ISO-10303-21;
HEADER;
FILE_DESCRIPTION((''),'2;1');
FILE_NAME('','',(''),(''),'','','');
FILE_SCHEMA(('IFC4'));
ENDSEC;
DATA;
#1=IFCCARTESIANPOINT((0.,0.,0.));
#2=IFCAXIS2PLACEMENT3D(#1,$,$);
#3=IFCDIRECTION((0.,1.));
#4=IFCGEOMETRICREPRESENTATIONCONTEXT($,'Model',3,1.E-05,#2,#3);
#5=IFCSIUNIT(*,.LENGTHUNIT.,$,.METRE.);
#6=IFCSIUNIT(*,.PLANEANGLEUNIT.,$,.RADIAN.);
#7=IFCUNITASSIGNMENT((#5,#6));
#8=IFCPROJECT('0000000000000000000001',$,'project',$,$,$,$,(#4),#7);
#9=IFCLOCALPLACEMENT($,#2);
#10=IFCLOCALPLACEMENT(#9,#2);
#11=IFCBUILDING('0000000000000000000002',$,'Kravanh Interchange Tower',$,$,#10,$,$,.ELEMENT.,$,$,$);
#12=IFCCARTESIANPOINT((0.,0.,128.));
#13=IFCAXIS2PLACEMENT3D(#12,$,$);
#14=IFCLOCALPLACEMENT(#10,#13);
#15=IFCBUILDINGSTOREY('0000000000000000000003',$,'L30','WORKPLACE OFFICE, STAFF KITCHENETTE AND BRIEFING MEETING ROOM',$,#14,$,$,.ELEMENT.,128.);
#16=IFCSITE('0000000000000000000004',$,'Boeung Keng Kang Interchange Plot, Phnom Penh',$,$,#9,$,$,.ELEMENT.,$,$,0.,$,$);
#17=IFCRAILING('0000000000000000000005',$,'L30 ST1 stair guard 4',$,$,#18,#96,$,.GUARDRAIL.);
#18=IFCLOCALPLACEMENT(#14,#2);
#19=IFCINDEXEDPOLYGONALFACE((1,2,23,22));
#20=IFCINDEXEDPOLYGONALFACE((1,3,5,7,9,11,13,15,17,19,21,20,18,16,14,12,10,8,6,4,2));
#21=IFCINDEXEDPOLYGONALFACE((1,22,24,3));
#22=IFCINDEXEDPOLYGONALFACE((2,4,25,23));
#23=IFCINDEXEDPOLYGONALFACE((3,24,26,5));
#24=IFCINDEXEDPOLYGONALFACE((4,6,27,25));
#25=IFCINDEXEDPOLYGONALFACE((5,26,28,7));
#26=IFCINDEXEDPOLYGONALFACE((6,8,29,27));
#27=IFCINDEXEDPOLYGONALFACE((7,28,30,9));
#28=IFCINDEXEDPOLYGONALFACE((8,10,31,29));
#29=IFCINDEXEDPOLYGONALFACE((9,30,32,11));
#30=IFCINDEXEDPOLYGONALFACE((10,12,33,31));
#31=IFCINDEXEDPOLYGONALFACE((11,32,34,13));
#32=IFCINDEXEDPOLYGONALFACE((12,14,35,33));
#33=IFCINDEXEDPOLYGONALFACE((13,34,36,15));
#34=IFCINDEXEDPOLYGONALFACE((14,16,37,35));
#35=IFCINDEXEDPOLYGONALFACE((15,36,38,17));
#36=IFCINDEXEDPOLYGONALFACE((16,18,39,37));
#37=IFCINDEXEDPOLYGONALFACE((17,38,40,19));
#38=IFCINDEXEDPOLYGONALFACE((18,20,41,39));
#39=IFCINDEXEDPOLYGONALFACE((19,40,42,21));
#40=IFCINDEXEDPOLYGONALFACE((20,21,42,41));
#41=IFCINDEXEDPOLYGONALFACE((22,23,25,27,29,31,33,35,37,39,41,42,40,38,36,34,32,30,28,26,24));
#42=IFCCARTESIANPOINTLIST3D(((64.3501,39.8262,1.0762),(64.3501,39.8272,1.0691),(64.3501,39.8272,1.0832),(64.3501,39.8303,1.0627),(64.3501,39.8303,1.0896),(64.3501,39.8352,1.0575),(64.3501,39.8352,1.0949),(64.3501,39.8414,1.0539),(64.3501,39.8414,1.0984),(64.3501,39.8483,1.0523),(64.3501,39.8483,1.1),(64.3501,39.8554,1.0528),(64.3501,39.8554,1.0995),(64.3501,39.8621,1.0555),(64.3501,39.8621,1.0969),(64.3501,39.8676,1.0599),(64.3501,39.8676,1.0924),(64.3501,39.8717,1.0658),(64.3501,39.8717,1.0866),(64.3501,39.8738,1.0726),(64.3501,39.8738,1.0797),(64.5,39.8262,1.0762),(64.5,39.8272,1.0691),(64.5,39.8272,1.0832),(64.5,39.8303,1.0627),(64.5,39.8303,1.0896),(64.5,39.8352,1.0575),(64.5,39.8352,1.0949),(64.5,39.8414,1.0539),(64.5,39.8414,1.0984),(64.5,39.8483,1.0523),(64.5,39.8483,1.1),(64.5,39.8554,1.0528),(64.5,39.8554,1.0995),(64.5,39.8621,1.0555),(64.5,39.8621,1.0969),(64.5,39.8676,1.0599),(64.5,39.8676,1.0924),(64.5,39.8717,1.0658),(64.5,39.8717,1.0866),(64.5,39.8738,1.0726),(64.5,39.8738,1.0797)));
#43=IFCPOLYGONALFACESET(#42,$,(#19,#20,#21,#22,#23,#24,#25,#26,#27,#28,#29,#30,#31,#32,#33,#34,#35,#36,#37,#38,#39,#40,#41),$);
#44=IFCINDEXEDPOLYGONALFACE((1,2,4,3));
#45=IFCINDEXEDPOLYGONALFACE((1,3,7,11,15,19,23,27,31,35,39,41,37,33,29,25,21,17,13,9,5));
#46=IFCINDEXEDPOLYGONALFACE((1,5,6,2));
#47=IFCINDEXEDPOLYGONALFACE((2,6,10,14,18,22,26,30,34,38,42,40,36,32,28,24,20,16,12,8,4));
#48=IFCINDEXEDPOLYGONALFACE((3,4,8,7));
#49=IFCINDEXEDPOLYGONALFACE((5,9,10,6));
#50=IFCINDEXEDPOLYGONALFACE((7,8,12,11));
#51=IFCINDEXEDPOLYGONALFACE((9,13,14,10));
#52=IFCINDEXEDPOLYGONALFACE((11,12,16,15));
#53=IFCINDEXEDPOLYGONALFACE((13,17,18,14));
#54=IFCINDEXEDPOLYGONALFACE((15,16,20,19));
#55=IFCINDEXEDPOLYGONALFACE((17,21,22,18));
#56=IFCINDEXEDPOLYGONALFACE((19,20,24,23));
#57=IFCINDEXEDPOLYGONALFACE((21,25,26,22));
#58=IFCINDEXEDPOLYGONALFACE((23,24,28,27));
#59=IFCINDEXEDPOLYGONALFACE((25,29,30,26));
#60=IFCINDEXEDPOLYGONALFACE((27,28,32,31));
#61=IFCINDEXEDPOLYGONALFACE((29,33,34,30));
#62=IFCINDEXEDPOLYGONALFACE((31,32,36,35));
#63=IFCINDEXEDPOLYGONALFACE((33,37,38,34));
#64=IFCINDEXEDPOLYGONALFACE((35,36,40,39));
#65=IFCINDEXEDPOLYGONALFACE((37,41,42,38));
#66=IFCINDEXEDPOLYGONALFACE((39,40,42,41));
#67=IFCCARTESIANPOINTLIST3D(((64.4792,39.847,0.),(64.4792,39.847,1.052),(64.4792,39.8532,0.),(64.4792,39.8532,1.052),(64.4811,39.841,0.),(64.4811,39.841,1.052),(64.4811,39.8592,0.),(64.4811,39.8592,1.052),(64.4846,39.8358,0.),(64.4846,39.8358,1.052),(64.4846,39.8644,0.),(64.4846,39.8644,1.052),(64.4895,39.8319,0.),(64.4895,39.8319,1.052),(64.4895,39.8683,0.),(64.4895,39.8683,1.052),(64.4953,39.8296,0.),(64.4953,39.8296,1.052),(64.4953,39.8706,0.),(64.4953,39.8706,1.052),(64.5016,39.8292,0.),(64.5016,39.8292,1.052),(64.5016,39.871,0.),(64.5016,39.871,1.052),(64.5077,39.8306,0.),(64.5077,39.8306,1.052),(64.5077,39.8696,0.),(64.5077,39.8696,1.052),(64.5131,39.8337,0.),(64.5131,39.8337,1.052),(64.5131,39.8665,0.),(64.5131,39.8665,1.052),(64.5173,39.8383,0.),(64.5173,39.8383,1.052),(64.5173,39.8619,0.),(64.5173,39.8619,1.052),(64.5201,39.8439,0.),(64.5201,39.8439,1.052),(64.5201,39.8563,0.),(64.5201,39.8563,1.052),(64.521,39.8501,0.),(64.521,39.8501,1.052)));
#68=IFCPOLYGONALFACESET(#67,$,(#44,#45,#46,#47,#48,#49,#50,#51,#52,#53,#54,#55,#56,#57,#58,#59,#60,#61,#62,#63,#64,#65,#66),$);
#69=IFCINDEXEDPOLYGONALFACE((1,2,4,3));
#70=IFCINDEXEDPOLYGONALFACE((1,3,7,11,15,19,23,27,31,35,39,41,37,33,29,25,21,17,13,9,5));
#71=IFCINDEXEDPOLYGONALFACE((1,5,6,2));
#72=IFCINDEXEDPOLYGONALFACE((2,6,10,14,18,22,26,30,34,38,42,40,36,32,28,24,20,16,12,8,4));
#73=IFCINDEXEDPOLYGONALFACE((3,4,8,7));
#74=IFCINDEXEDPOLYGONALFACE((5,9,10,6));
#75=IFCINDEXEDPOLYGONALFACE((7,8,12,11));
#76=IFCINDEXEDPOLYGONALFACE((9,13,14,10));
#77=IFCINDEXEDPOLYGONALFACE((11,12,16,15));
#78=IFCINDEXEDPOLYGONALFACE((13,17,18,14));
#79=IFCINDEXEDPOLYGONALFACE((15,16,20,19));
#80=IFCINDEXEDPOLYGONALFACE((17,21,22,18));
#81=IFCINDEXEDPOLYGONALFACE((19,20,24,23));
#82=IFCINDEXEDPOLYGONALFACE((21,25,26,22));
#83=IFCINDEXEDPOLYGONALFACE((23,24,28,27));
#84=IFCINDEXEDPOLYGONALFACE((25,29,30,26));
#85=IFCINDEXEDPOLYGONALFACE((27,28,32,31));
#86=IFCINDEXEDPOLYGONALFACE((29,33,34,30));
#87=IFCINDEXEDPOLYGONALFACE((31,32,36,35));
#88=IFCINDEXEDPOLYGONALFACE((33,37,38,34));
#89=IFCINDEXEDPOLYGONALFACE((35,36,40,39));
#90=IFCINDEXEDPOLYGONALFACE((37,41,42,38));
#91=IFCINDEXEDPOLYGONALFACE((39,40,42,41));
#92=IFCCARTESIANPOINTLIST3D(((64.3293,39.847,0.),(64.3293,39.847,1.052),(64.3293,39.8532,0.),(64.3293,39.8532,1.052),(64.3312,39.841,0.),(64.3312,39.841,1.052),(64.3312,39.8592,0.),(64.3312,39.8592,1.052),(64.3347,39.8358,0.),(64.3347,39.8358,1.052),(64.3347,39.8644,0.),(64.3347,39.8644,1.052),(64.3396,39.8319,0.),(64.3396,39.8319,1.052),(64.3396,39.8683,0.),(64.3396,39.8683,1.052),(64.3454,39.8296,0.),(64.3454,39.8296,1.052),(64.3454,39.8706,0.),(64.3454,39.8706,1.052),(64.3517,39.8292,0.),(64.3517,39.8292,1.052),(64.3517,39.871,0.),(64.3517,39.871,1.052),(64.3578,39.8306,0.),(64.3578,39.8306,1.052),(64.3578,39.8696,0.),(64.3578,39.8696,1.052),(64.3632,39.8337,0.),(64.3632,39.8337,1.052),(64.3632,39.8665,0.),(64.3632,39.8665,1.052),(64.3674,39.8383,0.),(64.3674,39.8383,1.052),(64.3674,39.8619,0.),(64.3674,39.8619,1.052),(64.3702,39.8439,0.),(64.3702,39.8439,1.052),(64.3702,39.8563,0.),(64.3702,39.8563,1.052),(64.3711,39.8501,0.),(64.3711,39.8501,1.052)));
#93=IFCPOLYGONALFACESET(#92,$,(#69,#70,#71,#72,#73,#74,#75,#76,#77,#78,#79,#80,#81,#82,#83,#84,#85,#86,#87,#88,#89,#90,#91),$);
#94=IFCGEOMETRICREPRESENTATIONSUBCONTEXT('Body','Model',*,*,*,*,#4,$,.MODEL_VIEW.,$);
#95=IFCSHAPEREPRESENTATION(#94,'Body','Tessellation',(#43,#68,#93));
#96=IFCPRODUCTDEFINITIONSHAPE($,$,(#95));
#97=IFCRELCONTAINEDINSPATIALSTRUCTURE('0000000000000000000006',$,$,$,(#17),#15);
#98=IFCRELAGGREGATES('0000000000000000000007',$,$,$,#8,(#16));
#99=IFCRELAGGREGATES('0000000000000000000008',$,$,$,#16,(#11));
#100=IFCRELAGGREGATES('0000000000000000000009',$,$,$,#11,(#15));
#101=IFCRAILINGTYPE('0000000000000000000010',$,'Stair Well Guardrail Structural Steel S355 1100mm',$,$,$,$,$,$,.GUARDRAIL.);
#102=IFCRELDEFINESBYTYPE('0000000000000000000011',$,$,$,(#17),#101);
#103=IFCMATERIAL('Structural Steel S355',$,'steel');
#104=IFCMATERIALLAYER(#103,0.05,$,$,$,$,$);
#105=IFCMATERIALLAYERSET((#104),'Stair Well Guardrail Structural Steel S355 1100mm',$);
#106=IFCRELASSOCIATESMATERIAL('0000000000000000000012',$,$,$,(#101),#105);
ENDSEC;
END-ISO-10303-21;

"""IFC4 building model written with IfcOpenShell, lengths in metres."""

from ifc_helpers import new_model, si_unit, direction, frame, origin, origin_2d, place, context, subcontext, project, spatial, circle, extrude, material, layer, layer_set, type_object, element, save


model = new_model("IFC4")

# Units and contexts
model_context = context("Model", 3, precision=1e-05, world=origin(), true_north=direction((0.0, 1.0)))
body_context = subcontext(model_context, "Body", "Model", "MODEL_VIEW")
ifc_project = project(units=[si_unit("LENGTHUNIT", "METRE"), si_unit("PLANEANGLEUNIT", "RADIAN")], contexts=[model_context])

# Site, building, storey
site_placement = place(None, origin())
site = spatial("IfcSite", under=ifc_project, at=site_placement, Name="Boeung Keng Kang Interchange Plot, Phnom Penh", CompositionType="ELEMENT", RefElevation=0.0)
building_placement = place(site_placement, origin())
building = spatial("IfcBuilding", under=site, at=building_placement, Name="Kravanh Interchange Tower", CompositionType="ELEMENT")
storey_placement = place(building_placement, frame((0.0, 0.0, 128.0)))
storey = spatial("IfcBuildingStorey", under=building, at=storey_placement, Name="L30", Description="WORKPLACE OFFICE, STAFF KITCHENETTE AND BRIEFING MEETING ROOM", CompositionType="ELEMENT", Elevation=128.0)

# Railing
ifc_material_1 = material(Name="Structural Steel S355", Category="steel")
ifc_layer_1 = layer(ifc_material_1, 0.05)
ifc_layer_set_1 = layer_set([ifc_layer_1], Name="Stair Well Guardrail Structural Steel S355 1100mm")
railing_type_1 = type_object("IfcRailingType", Name="Stair Well Guardrail Structural Steel S355 1100mm", PredefinedType="GUARDRAIL", material=ifc_layer_set_1)
railing_1_placement = place(storey_placement, frame((64.5, 39.8501, 0.0)))
element("IfcRailing", 1, at=railing_1_placement, inside=storey, type_object=railing_type_1, Name="L30 ST1 stair guard 4", PredefinedType="GUARDRAIL", context=body_context, shape_type="SweptSolid", body=[
    extrude(circle(Radius=0.0239, at=origin_2d()), frame((0.0, 0.0, 1.0762), z_axis=(-1.0, 0.0, 0.0), x_axis=(0.0, -1.0, 0.0)), (0.0, 0.0, 1.0), 0.1499),
    extrude(circle(Radius=0.021, at=origin_2d()), origin(), (0.0, 0.0, 1.0), 1.052),
    extrude(circle(Radius=0.021, at=origin_2d()), frame((-0.1499, 0.0, 0.0)), (0.0, 0.0, 1.0), 1.052),
])

save(model, "model.ifc")
